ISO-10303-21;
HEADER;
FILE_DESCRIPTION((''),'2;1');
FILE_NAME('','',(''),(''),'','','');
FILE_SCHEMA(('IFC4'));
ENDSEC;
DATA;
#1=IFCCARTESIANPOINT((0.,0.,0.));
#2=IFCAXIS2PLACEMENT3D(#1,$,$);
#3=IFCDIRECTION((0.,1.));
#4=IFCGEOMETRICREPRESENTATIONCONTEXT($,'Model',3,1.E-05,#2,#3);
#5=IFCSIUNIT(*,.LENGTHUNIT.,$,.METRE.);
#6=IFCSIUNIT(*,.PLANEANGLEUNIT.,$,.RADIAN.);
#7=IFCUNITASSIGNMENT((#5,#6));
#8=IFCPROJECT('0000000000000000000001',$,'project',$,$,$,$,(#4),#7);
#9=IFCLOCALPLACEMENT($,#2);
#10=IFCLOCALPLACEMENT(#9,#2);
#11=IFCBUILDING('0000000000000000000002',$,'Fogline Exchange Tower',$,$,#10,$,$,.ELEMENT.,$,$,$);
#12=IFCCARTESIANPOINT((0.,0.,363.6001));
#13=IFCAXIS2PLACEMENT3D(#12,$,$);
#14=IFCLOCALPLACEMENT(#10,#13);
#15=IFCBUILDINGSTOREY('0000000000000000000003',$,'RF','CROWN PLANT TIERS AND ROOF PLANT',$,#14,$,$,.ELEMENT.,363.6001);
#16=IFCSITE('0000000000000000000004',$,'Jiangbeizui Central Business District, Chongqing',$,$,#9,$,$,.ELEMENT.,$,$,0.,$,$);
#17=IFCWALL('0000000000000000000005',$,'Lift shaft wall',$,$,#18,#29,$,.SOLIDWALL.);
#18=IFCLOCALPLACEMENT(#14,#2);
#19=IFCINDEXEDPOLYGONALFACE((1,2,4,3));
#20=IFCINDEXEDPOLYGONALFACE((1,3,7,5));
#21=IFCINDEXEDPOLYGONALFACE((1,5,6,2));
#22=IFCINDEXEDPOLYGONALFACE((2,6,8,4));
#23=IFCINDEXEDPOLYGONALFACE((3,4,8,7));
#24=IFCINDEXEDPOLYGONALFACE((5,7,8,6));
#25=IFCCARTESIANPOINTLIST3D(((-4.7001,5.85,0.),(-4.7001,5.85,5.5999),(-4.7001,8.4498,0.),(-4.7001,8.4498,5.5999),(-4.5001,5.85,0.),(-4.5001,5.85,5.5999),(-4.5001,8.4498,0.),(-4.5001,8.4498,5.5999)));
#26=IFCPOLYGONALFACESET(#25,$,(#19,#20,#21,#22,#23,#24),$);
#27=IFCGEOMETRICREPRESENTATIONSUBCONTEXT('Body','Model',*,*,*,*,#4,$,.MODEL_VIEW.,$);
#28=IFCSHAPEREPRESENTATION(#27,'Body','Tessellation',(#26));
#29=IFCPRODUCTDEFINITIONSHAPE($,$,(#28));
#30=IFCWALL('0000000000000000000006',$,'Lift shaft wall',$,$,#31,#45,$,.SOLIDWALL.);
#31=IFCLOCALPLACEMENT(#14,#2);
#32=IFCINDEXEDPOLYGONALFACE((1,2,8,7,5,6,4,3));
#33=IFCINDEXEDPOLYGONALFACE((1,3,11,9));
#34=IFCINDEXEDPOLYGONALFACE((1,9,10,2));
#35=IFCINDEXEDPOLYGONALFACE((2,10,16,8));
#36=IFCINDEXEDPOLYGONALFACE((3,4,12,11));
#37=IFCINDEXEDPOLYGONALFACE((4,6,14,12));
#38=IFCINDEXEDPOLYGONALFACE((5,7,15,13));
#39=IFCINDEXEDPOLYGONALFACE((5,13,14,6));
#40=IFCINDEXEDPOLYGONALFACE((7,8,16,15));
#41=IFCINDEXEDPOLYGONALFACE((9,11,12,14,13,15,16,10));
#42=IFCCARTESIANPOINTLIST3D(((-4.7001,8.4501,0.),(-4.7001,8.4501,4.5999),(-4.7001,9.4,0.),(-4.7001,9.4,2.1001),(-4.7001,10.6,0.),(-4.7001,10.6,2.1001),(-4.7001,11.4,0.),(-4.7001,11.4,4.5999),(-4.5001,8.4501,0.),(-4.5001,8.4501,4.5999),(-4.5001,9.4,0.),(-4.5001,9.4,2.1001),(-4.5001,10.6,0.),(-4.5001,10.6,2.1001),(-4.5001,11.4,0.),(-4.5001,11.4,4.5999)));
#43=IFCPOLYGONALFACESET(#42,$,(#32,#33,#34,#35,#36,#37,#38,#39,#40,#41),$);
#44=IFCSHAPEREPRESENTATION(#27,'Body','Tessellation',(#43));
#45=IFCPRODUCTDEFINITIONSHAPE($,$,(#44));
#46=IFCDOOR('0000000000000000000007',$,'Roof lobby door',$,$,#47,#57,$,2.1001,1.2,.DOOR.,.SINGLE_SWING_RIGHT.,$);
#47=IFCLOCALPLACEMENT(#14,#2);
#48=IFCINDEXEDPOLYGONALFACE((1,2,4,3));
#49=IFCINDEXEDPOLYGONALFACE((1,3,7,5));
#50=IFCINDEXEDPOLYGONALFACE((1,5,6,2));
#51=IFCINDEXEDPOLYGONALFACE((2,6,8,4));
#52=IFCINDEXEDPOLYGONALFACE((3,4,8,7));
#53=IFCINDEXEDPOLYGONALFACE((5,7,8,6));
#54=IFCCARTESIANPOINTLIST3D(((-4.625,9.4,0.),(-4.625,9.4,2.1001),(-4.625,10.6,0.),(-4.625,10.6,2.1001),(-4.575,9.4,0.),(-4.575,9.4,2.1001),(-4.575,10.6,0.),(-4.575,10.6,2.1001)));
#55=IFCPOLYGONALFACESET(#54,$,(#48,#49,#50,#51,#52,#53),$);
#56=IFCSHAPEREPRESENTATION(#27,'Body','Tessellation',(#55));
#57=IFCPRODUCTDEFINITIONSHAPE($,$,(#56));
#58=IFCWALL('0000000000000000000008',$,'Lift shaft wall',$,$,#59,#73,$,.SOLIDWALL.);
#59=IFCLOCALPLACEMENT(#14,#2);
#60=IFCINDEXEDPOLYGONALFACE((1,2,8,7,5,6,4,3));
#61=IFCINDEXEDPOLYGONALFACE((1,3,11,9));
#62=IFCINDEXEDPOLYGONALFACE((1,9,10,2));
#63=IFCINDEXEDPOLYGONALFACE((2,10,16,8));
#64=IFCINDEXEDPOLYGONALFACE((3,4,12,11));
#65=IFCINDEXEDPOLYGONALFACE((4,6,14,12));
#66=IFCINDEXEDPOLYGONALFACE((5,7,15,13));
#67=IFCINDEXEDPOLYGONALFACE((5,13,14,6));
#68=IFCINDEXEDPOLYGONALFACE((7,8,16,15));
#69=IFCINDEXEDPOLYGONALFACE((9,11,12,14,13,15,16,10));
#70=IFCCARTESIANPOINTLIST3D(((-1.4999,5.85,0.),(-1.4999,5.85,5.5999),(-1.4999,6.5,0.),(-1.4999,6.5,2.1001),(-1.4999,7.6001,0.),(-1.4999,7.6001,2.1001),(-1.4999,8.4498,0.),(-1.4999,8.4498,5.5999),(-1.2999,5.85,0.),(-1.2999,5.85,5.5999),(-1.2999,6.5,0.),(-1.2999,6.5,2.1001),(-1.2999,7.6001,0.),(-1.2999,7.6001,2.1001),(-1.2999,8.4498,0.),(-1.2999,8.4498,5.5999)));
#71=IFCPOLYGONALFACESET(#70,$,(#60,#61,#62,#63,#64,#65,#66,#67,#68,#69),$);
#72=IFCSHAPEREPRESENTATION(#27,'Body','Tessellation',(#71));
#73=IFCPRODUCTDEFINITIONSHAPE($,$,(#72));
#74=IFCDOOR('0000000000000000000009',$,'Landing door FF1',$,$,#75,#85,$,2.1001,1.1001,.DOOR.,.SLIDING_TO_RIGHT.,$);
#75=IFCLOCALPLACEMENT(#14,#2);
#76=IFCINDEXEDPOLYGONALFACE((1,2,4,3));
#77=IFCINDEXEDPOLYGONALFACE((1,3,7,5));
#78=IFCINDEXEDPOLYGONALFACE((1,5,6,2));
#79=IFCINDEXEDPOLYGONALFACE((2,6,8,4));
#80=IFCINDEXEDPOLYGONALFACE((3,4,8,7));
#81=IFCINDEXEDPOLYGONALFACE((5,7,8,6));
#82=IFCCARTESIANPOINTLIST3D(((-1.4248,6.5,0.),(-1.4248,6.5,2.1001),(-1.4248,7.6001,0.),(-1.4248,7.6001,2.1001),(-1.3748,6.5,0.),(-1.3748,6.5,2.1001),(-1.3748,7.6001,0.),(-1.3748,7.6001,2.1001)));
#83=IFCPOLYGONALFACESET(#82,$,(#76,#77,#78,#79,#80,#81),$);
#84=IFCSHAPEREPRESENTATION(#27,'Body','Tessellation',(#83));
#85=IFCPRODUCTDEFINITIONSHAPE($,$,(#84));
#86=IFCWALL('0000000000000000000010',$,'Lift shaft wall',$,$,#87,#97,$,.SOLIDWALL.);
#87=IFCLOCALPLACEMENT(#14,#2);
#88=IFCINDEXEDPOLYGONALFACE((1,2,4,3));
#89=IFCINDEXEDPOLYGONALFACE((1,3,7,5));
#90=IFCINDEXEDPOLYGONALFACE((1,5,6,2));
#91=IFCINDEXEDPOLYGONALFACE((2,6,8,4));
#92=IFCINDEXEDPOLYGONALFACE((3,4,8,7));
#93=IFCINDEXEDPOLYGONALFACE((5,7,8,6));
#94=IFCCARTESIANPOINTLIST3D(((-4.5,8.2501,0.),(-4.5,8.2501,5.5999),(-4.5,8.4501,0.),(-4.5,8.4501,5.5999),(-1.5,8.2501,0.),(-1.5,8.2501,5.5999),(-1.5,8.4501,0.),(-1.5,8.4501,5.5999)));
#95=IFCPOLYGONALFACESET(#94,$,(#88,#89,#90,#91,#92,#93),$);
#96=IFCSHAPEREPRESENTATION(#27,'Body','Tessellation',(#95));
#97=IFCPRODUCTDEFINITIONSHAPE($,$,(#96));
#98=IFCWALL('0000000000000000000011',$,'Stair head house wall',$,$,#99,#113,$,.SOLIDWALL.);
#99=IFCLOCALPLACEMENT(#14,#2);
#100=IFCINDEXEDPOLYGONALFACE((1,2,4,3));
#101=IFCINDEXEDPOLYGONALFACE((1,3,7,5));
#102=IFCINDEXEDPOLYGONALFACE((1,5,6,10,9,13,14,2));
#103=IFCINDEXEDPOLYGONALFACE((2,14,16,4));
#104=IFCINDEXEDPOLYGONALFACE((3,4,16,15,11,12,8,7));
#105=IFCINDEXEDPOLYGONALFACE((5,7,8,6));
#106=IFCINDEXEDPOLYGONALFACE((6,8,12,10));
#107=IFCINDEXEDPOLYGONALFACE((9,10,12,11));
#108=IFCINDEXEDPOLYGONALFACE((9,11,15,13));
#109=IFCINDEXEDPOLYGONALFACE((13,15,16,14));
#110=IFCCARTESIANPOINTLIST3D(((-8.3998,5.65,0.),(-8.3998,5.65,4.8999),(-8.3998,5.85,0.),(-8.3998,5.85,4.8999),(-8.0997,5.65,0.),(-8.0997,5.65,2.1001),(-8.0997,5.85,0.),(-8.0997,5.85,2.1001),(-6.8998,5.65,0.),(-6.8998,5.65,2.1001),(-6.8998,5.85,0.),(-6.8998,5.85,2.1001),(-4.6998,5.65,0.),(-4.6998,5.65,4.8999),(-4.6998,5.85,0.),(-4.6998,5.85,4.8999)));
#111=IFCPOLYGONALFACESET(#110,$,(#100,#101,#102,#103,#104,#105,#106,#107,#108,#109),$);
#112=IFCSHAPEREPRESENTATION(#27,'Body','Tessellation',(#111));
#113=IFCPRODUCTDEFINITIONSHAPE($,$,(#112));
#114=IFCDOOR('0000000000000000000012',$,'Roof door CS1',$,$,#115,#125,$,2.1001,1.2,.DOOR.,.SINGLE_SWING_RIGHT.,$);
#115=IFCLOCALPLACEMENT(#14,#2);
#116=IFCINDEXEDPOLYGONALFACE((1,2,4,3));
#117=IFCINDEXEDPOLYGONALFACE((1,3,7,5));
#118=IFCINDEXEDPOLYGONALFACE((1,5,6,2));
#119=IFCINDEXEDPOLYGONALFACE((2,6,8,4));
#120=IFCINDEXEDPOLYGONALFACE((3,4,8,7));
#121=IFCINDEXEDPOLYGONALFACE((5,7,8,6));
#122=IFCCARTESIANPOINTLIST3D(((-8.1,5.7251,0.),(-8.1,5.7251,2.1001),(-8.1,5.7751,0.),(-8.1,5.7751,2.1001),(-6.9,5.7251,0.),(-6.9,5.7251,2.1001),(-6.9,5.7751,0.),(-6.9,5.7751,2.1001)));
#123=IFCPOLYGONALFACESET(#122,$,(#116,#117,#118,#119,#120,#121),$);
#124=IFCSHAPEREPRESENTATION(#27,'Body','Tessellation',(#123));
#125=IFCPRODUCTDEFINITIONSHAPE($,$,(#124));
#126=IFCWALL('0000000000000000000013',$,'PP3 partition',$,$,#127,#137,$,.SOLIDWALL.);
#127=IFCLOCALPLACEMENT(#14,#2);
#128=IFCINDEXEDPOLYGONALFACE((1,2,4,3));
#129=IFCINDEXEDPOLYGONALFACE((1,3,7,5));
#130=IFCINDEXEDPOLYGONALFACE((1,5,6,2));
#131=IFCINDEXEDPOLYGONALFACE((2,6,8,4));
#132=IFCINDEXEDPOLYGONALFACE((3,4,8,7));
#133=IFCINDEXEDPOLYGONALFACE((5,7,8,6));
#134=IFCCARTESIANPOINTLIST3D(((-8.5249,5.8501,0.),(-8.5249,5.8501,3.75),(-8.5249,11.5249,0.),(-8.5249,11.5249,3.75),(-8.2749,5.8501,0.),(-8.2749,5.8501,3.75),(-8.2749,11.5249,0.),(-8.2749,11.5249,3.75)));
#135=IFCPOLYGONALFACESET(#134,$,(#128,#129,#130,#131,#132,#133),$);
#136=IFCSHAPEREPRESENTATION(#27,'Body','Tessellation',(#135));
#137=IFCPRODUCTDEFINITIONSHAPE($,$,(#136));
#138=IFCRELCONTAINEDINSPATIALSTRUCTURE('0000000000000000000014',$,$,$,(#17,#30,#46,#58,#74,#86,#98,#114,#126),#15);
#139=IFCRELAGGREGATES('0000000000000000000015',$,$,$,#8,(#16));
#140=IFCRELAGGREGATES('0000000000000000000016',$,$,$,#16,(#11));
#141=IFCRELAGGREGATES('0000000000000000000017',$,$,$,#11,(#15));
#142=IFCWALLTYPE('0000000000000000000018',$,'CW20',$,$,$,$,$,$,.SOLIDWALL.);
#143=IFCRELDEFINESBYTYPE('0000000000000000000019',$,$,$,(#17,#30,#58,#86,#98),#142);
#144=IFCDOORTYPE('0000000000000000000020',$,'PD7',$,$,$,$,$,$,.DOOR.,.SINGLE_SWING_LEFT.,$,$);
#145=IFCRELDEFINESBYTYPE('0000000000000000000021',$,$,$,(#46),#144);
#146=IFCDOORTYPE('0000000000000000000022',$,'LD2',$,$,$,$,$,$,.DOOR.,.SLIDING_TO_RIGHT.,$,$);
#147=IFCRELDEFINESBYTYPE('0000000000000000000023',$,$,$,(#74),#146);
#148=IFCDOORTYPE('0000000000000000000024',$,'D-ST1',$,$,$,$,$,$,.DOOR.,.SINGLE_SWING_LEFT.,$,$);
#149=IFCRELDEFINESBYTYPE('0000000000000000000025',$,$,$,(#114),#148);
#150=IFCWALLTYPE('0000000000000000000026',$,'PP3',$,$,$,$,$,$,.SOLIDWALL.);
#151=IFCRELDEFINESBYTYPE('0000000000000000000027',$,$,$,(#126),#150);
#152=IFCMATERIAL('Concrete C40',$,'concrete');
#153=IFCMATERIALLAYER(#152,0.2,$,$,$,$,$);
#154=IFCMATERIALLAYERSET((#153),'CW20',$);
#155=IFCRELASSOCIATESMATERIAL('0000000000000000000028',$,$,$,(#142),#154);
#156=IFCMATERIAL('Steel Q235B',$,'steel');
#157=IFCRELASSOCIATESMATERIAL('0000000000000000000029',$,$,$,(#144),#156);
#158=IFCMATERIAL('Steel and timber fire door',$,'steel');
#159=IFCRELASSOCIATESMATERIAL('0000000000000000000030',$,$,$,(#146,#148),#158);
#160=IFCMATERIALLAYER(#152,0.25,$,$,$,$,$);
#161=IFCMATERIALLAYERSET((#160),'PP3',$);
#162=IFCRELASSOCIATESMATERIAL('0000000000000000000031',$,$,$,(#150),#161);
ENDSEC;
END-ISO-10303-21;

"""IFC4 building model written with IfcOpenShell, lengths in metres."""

from ifc_helpers import new_model, si_unit, direction, frame, frame_2d, origin, place, context, subcontext, project, spatial, rectangle, extrude, material, layer, layer_set, type_object, element, fill, save


model = new_model("IFC4")

# Units and contexts
model_context = context("Model", 3, precision=1e-05, world=origin(), true_north=direction((0.0, 1.0)))
body_context = subcontext(model_context, "Body", "Model", "MODEL_VIEW")
ifc_project = project(units=[si_unit("LENGTHUNIT", "METRE"), si_unit("PLANEANGLEUNIT", "RADIAN")], contexts=[model_context])

# Site, building, storey
site_placement = place(None, origin())
site = spatial("IfcSite", under=ifc_project, at=site_placement, Name="Jiangbeizui Central Business District, Chongqing", CompositionType="ELEMENT", RefElevation=0.0)
building_placement = place(site_placement, origin())
building = spatial("IfcBuilding", under=site, at=building_placement, Name="Fogline Exchange Tower", CompositionType="ELEMENT")
storey_placement = place(building_placement, frame((0.0, 0.0, 363.6001)))
storey = spatial("IfcBuildingStorey", under=building, at=storey_placement, Name="RF", Description="CROWN PLANT TIERS AND ROOF PLANT", CompositionType="ELEMENT", Elevation=363.6001)

# Shared definitions
ifc_material_1 = material(Name="Concrete C40", Category="concrete")

# Wall
ifc_layer_1 = layer(ifc_material_1, 0.2)
ifc_layer_set_1 = layer_set([ifc_layer_1], Name="CW20")
wall_type_1 = type_object("IfcWallType", Name="CW20", PredefinedType="SOLIDWALL", material=ifc_layer_set_1)
wall_1_placement = place(storey_placement, frame((-4.6001, 5.8501, 0.0), z_axis=(0.0, 0.0, 1.0), x_axis=(0.0, 1.0, 0.0)))
element("IfcWall", 1, at=wall_1_placement, inside=storey, type_object=wall_type_1, Name="Lift shaft wall", PredefinedType="SOLIDWALL", context=body_context, shape_type="SweptSolid", body=[
    extrude(rectangle(XDim=2.5999, YDim=0.2, at=frame_2d((1.2998, 0.0))), origin(), (0.0, 0.0, 1.0), 5.5999),
])

# Walls, openings, doors
wall_2_placement = place(storey_placement, frame((-4.6001, 8.45, 0.0), z_axis=(0.0, 0.0, 1.0), x_axis=(0.0, 1.0, 0.0)))
wall_2 = element("IfcWall", 2, at=wall_2_placement, inside=storey, type_object=wall_type_1, Name="Lift shaft wall", PredefinedType="SOLIDWALL", context=body_context, shape_type="SweptSolid", body=[
    extrude(rectangle(XDim=2.95, YDim=0.2, at=frame_2d((1.4751, 0.0))), origin(), (0.0, 0.0, 1.0), 4.5999),
])
opening_1_placement = place(wall_2_placement, frame((0.95, 0.0, 0.0)))
opening_1 = element("IfcOpeningElement", 3, at=opening_1_placement, cuts=wall_2, PredefinedType="OPENING", context=body_context, shape_type="SweptSolid", body=[
    extrude(rectangle(XDim=1.2, YDim=2.1001, at=frame_2d((0.6001, 1.05))), frame((0.0, 0.1099, 0.0), z_axis=(0.0, -1.0, 0.0), x_axis=(1.0, 0.0, 0.0)), (0.0, 0.0, 1.0), 0.22),
])
ifc_material_2 = material(Name="Steel Q235B", Category="steel")
door_type_1 = type_object("IfcDoorType", Name="PD7", OperationType="SINGLE_SWING_LEFT", PredefinedType="DOOR", material=ifc_material_2)
door_1_placement = place(opening_1_placement, origin())
door_1 = element("IfcDoor", 4, at=door_1_placement, inside=storey, type_object=door_type_1, Name="Roof lobby door", OperationType="SINGLE_SWING_RIGHT", OverallHeight=2.1001, OverallWidth=1.2, PredefinedType="DOOR", context=body_context, shape_type="SweptSolid", body=[
    extrude(rectangle(XDim=1.2, YDim=2.1001, at=frame_2d((0.6001, 1.05))), frame((0.0, 0.0249, 0.0), z_axis=(0.0, -1.0, 0.0), x_axis=(1.0, 0.0, 0.0)), (0.0, 0.0, 1.0), 0.05),
])
fill(opening_1, door_1)
wall_3_placement = place(storey_placement, frame((-1.3999, 5.8501, 0.0), z_axis=(0.0, 0.0, 1.0), x_axis=(0.0, 1.0, 0.0)))
wall_3 = element("IfcWall", 5, at=wall_3_placement, inside=storey, type_object=wall_type_1, Name="Lift shaft wall", PredefinedType="SOLIDWALL", context=body_context, shape_type="SweptSolid", body=[
    extrude(rectangle(XDim=2.5999, YDim=0.2, at=frame_2d((1.2998, 0.0))), origin(), (0.0, 0.0, 1.0), 5.5999),
])
opening_2_placement = place(wall_3_placement, frame((0.6499, 0.0, 0.0)))
opening_2 = element("IfcOpeningElement", 6, at=opening_2_placement, cuts=wall_3, PredefinedType="OPENING", context=body_context, shape_type="SweptSolid", body=[
    extrude(rectangle(XDim=1.1001, YDim=2.1001, at=frame_2d((0.55, 1.05))), frame((0.0, 0.1099, 0.0), z_axis=(0.0, -1.0, 0.0), x_axis=(1.0, 0.0, 0.0)), (0.0, 0.0, 1.0), 0.22),
])
ifc_material_3 = material(Name="Steel and timber fire door", Category="steel")
door_type_2 = type_object("IfcDoorType", Name="LD2", OperationType="SLIDING_TO_RIGHT", PredefinedType="DOOR", material=ifc_material_3)
door_2_placement = place(opening_2_placement, origin())
door_2 = element("IfcDoor", 7, at=door_2_placement, inside=storey, type_object=door_type_2, Name="Landing door FF1", OperationType="SLIDING_TO_RIGHT", OverallHeight=2.1001, OverallWidth=1.1001, PredefinedType="DOOR", context=body_context, shape_type="SweptSolid", body=[
    extrude(rectangle(XDim=1.1001, YDim=2.1001, at=frame_2d((0.55, 1.05))), frame((0.0, 0.0249, 0.0), z_axis=(0.0, -1.0, 0.0), x_axis=(1.0, 0.0, 0.0)), (0.0, 0.0, 1.0), 0.05),
])
fill(opening_2, door_2)

# Wall
wall_4_placement = place(storey_placement, frame((-4.5, 8.3501, 0.0), z_axis=(0.0, 0.0, 1.0), x_axis=(1.0, 0.0, 0.0)))
element("IfcWall", 8, at=wall_4_placement, inside=storey, type_object=wall_type_1, Name="Lift shaft wall", PredefinedType="SOLIDWALL", context=body_context, shape_type="SweptSolid", body=[
    extrude(rectangle(XDim=3.0, YDim=0.2, at=frame_2d((1.5, 0.0))), origin(), (0.0, 0.0, 1.0), 5.5999),
])

# Wall, opening, door
wall_5_placement = place(storey_placement, frame((-8.3999, 5.75, 0.0), z_axis=(0.0, 0.0, 1.0), x_axis=(1.0, 0.0, 0.0)))
wall_5 = element("IfcWall", 9, at=wall_5_placement, inside=storey, type_object=wall_type_1, Name="Stair head house wall", PredefinedType="SOLIDWALL", context=body_context, shape_type="SweptSolid", body=[
    extrude(rectangle(XDim=3.7, YDim=0.2, at=frame_2d((1.8501, 0.0))), origin(), (0.0, 0.0, 1.0), 4.8999),
])
opening_3_placement = place(wall_5_placement, frame((0.3, 0.0, 0.0)))
opening_3 = element("IfcOpeningElement", 10, at=opening_3_placement, cuts=wall_5, PredefinedType="OPENING", context=body_context, shape_type="SweptSolid", body=[
    extrude(rectangle(XDim=1.2, YDim=2.1001, at=frame_2d((0.6001, 1.05))), frame((0.0, 0.1099, 0.0), z_axis=(0.0, -1.0, 0.0), x_axis=(1.0, 0.0, 0.0)), (0.0, 0.0, 1.0), 0.22),
])
door_type_3 = type_object("IfcDoorType", Name="D-ST1", OperationType="SINGLE_SWING_LEFT", PredefinedType="DOOR", material=ifc_material_3)
door_3_placement = place(opening_3_placement, frame((1.2, 0.0, 0.0), z_axis=(0.0, 0.0, 1.0), x_axis=(-1.0, 0.0, 0.0)))
door_3 = element("IfcDoor", 11, at=door_3_placement, inside=storey, type_object=door_type_3, Name="Roof door CS1", OperationType="SINGLE_SWING_RIGHT", OverallHeight=2.1001, OverallWidth=1.2, PredefinedType="DOOR", context=body_context, shape_type="SweptSolid", body=[
    extrude(rectangle(XDim=1.2, YDim=2.1001, at=frame_2d((0.6001, 1.05))), frame((0.0, 0.0249, 0.0), z_axis=(0.0, -1.0, 0.0), x_axis=(1.0, 0.0, 0.0)), (0.0, 0.0, 1.0), 0.05),
])
fill(opening_3, door_3)

# Wall
ifc_layer_2 = layer(ifc_material_1, 0.25)
ifc_layer_set_2 = layer_set([ifc_layer_2], Name="PP3")
wall_type_2 = type_object("IfcWallType", Name="PP3", PredefinedType="SOLIDWALL", material=ifc_layer_set_2)
wall_6_placement = place(storey_placement, frame((-8.3999, 5.8501, 0.0), z_axis=(0.0, 0.0, 1.0), x_axis=(0.0, 1.0, 0.0)))
element("IfcWall", 12, at=wall_6_placement, inside=storey, type_object=wall_type_2, Name="PP3 partition", PredefinedType="SOLIDWALL", context=body_context, shape_type="SweptSolid", body=[
    extrude(rectangle(XDim=5.6748, YDim=0.25, at=frame_2d((2.8374, 0.0))), origin(), (0.0, 0.0, 1.0), 3.75),
])

save(model, "model.ifc")
